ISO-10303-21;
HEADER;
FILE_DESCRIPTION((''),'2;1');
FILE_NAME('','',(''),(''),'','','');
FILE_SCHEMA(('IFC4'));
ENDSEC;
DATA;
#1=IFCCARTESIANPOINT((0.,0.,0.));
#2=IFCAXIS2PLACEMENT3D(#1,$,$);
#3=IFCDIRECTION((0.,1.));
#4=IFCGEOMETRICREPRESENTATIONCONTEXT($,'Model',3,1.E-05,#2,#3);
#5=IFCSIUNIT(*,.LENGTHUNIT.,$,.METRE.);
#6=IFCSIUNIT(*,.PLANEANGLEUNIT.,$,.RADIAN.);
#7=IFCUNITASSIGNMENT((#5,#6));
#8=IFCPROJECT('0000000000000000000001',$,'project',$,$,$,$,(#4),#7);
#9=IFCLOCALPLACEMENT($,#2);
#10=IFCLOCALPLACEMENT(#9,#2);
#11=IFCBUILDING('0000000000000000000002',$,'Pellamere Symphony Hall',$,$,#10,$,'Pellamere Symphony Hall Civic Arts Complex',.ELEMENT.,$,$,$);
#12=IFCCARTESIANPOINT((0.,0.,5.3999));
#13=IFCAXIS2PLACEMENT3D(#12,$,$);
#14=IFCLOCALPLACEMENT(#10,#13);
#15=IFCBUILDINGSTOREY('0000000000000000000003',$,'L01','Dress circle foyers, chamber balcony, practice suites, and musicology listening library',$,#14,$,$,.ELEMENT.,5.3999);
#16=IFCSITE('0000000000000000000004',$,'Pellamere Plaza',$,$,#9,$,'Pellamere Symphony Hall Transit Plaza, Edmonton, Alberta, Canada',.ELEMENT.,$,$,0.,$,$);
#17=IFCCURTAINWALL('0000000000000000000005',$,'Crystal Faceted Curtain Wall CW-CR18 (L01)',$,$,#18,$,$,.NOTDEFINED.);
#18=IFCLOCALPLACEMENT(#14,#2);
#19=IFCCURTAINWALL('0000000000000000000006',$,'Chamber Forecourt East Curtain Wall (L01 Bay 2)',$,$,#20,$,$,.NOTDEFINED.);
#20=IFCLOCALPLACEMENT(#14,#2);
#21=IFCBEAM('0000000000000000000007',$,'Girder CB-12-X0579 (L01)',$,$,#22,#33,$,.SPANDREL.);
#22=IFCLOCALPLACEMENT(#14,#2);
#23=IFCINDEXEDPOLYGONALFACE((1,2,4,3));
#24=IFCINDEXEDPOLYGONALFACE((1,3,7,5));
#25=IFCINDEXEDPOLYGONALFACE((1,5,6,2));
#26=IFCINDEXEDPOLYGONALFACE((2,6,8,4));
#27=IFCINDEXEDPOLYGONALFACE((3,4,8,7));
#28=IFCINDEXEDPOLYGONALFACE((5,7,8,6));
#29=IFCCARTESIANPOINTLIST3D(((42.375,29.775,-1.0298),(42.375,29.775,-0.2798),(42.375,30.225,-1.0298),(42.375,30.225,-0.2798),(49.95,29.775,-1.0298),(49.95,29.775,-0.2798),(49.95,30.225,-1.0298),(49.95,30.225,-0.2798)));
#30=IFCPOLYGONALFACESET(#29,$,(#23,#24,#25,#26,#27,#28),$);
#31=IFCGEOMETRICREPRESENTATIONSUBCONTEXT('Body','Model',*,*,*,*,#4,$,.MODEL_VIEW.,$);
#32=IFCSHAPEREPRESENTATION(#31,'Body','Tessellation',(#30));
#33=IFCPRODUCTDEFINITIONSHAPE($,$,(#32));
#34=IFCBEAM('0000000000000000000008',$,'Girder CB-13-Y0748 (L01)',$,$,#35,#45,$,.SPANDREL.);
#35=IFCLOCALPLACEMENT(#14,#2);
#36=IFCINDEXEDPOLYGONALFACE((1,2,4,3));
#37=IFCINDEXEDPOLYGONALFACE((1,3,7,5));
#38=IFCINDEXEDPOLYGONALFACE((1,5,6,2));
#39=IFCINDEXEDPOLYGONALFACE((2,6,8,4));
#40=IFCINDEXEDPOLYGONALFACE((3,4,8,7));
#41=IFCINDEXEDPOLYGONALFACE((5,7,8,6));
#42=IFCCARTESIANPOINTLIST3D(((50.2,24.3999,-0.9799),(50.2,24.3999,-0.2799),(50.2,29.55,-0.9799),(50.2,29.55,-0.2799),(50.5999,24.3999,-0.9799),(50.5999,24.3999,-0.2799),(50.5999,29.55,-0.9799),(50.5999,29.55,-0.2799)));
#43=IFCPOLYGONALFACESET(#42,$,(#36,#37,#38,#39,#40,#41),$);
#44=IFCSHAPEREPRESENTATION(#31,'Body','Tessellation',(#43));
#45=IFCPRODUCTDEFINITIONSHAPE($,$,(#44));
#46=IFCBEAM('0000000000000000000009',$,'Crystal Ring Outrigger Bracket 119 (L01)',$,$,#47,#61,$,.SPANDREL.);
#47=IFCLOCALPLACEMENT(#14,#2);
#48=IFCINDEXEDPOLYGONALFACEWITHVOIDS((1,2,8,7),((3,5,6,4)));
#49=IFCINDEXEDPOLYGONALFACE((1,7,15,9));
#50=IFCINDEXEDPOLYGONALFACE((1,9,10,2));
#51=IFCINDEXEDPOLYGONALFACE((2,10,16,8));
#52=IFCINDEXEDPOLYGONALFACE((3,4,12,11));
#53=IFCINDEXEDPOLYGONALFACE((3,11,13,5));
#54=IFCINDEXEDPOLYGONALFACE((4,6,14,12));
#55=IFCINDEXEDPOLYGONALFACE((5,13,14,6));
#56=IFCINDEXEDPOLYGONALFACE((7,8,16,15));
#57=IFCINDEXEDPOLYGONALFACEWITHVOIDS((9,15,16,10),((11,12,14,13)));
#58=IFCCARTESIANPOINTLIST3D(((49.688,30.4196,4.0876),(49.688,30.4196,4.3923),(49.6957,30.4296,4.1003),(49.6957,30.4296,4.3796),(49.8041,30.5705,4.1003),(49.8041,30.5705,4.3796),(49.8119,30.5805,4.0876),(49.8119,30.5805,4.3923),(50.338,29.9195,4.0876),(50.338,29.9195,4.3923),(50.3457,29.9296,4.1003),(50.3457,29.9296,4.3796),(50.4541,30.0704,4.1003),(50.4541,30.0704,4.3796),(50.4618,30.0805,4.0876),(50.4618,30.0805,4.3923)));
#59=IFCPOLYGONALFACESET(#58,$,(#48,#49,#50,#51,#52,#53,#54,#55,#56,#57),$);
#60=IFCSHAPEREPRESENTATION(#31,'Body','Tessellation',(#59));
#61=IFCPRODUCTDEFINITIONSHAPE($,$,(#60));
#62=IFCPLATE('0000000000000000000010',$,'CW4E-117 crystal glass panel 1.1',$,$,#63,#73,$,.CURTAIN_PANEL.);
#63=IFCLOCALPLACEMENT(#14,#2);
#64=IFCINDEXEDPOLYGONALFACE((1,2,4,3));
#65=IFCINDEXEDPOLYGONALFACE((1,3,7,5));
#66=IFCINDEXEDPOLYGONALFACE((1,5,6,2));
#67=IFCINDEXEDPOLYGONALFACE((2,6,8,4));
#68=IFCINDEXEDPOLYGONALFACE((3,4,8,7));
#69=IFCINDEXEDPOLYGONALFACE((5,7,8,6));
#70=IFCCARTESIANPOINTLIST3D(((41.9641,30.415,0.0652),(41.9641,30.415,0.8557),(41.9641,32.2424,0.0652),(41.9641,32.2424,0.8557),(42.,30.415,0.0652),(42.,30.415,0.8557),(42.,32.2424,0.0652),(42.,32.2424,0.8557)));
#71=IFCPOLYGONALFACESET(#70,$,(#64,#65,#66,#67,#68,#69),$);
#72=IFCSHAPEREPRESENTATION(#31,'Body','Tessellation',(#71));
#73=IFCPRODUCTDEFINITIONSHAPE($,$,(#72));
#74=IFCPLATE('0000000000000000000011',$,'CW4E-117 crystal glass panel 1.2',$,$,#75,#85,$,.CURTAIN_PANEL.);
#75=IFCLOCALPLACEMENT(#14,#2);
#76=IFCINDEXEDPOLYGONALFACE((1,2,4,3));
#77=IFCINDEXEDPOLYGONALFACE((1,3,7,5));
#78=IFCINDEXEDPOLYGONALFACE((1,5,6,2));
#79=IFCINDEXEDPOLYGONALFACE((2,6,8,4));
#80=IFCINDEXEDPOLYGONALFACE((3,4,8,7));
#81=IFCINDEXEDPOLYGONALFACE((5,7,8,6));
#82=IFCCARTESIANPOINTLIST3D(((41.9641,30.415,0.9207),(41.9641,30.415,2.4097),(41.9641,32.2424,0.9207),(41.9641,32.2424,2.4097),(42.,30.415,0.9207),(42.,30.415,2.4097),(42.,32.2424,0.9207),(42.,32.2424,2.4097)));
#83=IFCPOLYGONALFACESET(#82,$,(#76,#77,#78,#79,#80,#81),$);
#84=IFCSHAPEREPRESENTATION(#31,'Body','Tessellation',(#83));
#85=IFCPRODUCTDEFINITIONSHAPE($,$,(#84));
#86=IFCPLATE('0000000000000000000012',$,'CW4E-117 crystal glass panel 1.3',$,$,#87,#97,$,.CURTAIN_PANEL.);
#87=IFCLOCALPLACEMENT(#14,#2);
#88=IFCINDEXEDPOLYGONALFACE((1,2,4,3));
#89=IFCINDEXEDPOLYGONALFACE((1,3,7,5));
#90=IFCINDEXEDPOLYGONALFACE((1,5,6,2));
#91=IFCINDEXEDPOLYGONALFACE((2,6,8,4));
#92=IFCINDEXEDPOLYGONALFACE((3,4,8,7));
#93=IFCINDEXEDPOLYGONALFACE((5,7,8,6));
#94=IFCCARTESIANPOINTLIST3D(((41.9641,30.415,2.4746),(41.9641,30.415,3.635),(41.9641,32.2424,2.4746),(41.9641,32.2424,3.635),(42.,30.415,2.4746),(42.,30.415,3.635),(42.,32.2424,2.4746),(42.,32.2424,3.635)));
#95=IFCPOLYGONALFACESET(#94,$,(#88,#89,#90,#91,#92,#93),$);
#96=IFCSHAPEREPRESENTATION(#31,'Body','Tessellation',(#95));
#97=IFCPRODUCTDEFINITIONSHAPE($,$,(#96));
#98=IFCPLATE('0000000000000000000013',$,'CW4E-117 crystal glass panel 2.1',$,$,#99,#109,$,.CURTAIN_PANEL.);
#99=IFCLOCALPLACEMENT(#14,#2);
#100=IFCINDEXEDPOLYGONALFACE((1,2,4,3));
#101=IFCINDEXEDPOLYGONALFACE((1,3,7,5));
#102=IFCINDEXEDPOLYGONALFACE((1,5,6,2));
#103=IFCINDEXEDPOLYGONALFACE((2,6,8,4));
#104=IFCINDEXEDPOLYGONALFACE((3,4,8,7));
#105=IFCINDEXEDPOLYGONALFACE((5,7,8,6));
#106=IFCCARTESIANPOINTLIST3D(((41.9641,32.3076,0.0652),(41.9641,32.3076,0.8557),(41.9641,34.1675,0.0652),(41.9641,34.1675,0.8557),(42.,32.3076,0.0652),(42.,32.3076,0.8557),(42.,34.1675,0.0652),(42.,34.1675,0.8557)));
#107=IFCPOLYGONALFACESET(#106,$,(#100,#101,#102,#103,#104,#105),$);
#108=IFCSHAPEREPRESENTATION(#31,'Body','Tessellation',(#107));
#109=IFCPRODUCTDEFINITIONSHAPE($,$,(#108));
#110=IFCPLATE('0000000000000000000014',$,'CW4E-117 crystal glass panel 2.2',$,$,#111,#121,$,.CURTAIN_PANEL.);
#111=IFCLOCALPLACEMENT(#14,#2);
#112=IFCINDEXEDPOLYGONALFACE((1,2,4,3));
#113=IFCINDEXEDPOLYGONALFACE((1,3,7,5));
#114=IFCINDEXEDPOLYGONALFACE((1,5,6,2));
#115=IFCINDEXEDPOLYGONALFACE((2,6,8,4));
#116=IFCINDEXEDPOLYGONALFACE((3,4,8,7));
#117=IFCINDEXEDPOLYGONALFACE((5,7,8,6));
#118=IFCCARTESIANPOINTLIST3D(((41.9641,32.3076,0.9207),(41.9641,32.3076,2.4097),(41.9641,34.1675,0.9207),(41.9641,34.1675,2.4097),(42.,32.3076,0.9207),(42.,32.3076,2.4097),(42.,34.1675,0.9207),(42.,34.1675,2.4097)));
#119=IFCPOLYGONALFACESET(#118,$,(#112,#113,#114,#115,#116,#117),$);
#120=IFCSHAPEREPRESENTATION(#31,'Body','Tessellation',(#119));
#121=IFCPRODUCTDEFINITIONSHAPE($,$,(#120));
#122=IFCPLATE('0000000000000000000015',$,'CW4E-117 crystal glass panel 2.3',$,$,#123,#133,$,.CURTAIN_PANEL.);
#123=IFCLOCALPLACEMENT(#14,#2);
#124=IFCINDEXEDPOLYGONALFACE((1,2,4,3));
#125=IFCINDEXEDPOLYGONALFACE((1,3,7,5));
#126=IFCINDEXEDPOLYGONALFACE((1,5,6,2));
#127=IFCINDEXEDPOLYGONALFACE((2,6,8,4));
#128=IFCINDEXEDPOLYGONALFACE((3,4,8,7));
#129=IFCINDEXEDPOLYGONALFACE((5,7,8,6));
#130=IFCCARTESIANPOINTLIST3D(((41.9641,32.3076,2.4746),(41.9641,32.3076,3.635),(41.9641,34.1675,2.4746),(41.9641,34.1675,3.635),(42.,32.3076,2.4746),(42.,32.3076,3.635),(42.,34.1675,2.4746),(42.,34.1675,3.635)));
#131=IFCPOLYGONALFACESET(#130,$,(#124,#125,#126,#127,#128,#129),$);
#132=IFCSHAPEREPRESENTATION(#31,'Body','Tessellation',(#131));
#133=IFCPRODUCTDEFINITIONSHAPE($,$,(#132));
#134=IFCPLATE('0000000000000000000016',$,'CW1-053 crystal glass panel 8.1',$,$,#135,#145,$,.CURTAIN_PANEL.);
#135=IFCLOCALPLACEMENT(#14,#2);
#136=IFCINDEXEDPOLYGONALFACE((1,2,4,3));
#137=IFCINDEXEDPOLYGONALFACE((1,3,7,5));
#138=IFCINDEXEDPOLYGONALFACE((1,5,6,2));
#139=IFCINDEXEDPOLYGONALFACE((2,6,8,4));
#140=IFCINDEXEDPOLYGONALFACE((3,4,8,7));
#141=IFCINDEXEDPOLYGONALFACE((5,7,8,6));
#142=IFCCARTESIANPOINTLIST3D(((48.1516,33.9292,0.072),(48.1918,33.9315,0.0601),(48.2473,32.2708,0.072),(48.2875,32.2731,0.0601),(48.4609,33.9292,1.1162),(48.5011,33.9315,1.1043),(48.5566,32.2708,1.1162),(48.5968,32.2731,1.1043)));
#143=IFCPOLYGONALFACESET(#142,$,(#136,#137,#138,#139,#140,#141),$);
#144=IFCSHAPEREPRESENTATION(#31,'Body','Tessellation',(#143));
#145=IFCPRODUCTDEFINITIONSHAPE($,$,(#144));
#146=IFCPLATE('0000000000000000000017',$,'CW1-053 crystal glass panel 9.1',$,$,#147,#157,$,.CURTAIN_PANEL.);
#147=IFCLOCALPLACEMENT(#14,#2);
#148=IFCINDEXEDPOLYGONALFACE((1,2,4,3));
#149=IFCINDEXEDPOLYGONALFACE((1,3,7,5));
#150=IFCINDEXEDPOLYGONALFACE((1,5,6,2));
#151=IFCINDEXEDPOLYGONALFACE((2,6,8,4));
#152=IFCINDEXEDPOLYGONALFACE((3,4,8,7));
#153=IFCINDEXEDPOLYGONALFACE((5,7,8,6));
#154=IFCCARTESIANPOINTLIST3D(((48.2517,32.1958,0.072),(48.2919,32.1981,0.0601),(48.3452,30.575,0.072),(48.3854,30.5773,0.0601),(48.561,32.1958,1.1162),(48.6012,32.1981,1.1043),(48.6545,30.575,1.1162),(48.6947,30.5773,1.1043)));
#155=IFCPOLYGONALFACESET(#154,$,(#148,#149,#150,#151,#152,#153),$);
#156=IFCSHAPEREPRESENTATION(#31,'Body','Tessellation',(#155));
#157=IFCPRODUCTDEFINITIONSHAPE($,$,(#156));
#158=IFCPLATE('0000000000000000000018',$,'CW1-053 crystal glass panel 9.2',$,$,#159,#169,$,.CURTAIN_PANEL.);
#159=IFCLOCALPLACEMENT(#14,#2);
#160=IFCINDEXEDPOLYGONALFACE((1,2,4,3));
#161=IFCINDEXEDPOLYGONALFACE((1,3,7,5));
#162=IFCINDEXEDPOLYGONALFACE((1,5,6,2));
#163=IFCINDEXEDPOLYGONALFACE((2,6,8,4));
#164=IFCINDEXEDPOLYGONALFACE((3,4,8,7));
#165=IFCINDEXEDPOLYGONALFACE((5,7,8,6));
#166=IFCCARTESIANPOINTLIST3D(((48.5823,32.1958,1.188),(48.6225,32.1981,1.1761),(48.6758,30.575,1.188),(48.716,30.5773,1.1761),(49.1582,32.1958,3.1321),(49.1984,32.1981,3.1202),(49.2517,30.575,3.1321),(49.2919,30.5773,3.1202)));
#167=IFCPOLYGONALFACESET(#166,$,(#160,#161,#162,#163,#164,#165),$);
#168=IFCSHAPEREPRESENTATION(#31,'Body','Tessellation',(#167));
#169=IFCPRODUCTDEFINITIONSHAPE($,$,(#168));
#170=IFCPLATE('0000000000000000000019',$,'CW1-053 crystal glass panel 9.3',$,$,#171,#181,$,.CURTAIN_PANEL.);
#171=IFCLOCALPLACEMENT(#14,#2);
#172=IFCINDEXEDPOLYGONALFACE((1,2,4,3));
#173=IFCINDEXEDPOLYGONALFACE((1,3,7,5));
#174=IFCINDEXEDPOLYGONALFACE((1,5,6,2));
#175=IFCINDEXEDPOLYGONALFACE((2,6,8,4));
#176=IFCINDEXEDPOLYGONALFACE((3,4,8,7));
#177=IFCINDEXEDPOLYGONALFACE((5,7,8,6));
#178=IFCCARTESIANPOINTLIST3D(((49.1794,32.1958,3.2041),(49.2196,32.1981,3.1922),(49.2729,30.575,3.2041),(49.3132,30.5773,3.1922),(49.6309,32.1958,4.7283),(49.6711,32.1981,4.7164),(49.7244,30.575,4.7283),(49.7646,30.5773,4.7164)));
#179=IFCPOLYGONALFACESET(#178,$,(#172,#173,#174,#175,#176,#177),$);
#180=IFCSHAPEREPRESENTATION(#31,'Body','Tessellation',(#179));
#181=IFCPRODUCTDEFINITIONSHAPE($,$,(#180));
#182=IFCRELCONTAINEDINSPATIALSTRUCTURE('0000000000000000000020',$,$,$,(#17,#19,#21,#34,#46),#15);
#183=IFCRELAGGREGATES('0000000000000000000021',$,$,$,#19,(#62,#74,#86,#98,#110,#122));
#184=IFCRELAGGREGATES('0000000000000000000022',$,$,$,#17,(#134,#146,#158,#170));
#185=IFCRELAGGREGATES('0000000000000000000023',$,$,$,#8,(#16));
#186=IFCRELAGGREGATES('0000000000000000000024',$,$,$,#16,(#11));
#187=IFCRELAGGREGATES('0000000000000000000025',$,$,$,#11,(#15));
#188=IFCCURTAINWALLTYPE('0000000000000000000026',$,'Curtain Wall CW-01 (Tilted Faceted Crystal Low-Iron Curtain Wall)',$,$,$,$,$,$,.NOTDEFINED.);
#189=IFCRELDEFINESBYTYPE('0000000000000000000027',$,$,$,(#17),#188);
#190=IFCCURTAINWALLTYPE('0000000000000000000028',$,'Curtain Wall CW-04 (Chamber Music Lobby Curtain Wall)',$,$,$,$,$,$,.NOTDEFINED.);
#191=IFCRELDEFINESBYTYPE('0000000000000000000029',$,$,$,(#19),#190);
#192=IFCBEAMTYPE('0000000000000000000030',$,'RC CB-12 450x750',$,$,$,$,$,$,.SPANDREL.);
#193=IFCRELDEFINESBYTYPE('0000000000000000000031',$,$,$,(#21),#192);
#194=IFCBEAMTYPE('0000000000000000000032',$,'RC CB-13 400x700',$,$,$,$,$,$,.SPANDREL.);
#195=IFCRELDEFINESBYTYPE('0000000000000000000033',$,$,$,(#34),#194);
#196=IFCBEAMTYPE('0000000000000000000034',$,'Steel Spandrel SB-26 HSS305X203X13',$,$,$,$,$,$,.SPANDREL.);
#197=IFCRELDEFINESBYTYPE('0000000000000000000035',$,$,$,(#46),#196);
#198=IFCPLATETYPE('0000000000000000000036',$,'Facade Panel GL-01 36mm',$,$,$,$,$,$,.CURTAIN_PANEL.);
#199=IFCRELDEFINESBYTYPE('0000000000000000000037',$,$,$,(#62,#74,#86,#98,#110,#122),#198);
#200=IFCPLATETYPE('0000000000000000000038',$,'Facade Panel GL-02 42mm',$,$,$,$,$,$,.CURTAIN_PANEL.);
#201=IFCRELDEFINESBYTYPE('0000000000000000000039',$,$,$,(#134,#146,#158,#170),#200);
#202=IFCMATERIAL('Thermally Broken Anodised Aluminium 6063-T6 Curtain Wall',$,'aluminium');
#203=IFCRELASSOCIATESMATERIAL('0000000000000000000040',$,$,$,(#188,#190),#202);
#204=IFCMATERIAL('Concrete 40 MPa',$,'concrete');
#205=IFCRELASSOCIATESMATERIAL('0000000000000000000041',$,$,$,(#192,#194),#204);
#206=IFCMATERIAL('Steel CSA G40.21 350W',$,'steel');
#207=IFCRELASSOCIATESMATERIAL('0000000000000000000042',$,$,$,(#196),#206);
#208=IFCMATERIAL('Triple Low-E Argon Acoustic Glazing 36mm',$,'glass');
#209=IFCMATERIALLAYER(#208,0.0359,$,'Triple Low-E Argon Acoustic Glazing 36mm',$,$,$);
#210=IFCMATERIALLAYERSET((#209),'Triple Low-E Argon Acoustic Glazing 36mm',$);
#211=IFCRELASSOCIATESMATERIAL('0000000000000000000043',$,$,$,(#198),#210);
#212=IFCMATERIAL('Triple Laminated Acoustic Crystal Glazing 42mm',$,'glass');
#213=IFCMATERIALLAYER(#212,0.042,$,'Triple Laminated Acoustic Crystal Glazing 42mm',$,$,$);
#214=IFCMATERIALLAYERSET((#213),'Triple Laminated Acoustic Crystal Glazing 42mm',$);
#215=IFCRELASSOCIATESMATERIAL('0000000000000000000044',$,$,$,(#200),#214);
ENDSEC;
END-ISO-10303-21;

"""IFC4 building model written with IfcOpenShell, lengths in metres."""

from ifc_helpers import new_model, si_unit, direction, frame, origin, origin_2d, place, context, subcontext, project, spatial, polyline, rectangle, hollow_rectangle, outline, extrude, material, layer, layer_set, material_profile, profile_set, type_object, element, aggregate, save


model = new_model("IFC4")

# Units and contexts
model_context = context("Model", 3, precision=1e-05, world=origin(), true_north=direction((0.0, 1.0)))
body_context = subcontext(model_context, "Body", "Model", "MODEL_VIEW")
ifc_project = project(units=[si_unit("LENGTHUNIT", "METRE"), si_unit("PLANEANGLEUNIT", "RADIAN")], contexts=[model_context])

# Site, building, storey
site_placement = place(None, origin())
site = spatial("IfcSite", under=ifc_project, at=site_placement, Name="Pellamere Plaza", LongName="Pellamere Symphony Hall Transit Plaza, Edmonton, Alberta, Canada", CompositionType="ELEMENT", RefElevation=0.0)
building_placement = place(site_placement, origin())
building = spatial("IfcBuilding", under=site, at=building_placement, Name="Pellamere Symphony Hall", LongName="Pellamere Symphony Hall Civic Arts Complex", CompositionType="ELEMENT")
storey_placement = place(building_placement, frame((0.0, 0.0, 5.3999)))
storey = spatial("IfcBuildingStorey", under=building, at=storey_placement, Name="L01", Description="Dress circle foyers, chamber balcony, practice suites, and musicology listening library", CompositionType="ELEMENT", Elevation=5.3999)

# Shared definitions
ifc_material_1 = material(Name="Concrete 40 MPa", Category="concrete")

# Curtain walls
ifc_material_2 = material(Name="Thermally Broken Anodised Aluminium 6063-T6 Curtain Wall", Category="aluminium")
curtain_wall_type_1 = type_object("IfcCurtainWallType", Name="Curtain Wall CW-01 (Tilted Faceted Crystal Low-Iron Curtain Wall)", PredefinedType="NOTDEFINED", material=ifc_material_2)
curtain_wall_1_placement = place(storey_placement, origin())
curtain_wall_1 = element("IfcCurtainWall", 1, at=curtain_wall_1_placement, inside=storey, type_object=curtain_wall_type_1, Name="Crystal Faceted Curtain Wall CW-CR18 (L01)", PredefinedType="NOTDEFINED")
curtain_wall_type_2 = type_object("IfcCurtainWallType", Name="Curtain Wall CW-04 (Chamber Music Lobby Curtain Wall)", PredefinedType="NOTDEFINED", material=ifc_material_2)
curtain_wall_2_placement = place(storey_placement, origin())
curtain_wall_2 = element("IfcCurtainWall", 2, at=curtain_wall_2_placement, inside=storey, type_object=curtain_wall_type_2, Name="Chamber Forecourt East Curtain Wall (L01 Bay 2)", PredefinedType="NOTDEFINED")

# Beams
ifc_material_profile_1 = material_profile(ifc_material_1, rectangle(XDim=0.45, YDim=0.75, at=origin_2d()), Name="RC 450x750")
ifc_profile_set_1 = profile_set([ifc_material_profile_1], Name="Concrete 40 MPa")
beam_type_1 = type_object("IfcBeamType", Name="RC CB-12 450x750", PredefinedType="SPANDREL", material=ifc_profile_set_1)
beam_1_placement = place(storey_placement, frame((42.375, 30.0, -0.6548), z_axis=(1.0, 0.0, 0.0), x_axis=(0.0, 1.0, 0.0)))
element("IfcBeam", 3, at=beam_1_placement, inside=storey, type_object=beam_type_1, Name="Girder CB-12-X0579 (L01)", PredefinedType="SPANDREL", context=body_context, shape_type="SweptSolid", body=[
    extrude(rectangle(XDim=0.45, YDim=0.75, at=origin_2d()), origin(), (0.0, 0.0, 1.0), 7.575),
])
ifc_material_profile_2 = material_profile(ifc_material_1, rectangle(XDim=0.3999, YDim=0.7, at=origin_2d()), Name="RC 400x700")
ifc_profile_set_2 = profile_set([ifc_material_profile_2], Name="Concrete 40 MPa")
beam_type_2 = type_object("IfcBeamType", Name="RC CB-13 400x700", PredefinedType="SPANDREL", material=ifc_profile_set_2)
beam_2_placement = place(storey_placement, frame((50.3999, 24.3999, -0.6299), z_axis=(0.0, 1.0, 0.0), x_axis=(-1.0, 0.0, 0.0)))
element("IfcBeam", 4, at=beam_2_placement, inside=storey, type_object=beam_type_2, Name="Girder CB-13-Y0748 (L01)", PredefinedType="SPANDREL", context=body_context, shape_type="SweptSolid", body=[
    extrude(rectangle(XDim=0.3999, YDim=0.7, at=origin_2d()), origin(), (0.0, 0.0, 1.0), 5.1501),
])
ifc_material_3 = material(Name="Steel CSA G40.21 350W", Category="steel")
ifc_material_profile_3 = material_profile(ifc_material_3, hollow_rectangle(XDim=0.2031, YDim=0.3047, WallThickness=0.0127, at=origin_2d()), Name="HSS305X203X13")
ifc_profile_set_3 = profile_set([ifc_material_profile_3], Name="Steel CSA G40.21 350W")
beam_type_3 = type_object("IfcBeamType", Name="Steel Spandrel SB-26 HSS305X203X13", PredefinedType="SPANDREL", material=ifc_profile_set_3)
beam_3_placement = place(storey_placement, frame((50.3999, 30.0, 4.24), z_axis=(-0.79258, 0.609768, 0.0), x_axis=(-0.609768, -0.79258, 0.0)))
element("IfcBeam", 5, at=beam_3_placement, inside=storey, type_object=beam_type_3, Name="Crystal Ring Outrigger Bracket 119 (L01)", PredefinedType="SPANDREL", context=body_context, shape_type="SweptSolid", body=[
    extrude(hollow_rectangle(XDim=0.2031, YDim=0.3047, WallThickness=0.0127, at=origin_2d()), origin(), (0.0, 0.0, 1.0), 0.8201),
])

# Plates
ifc_material_4 = material(Name="Triple Low-E Argon Acoustic Glazing 36mm", Category="glass")
ifc_layer_1 = layer(ifc_material_4, 0.0359, Name="Triple Low-E Argon Acoustic Glazing 36mm")
ifc_layer_set_1 = layer_set([ifc_layer_1], Name="Triple Low-E Argon Acoustic Glazing 36mm")
plate_type_1 = type_object("IfcPlateType", Name="Facade Panel GL-01 36mm", PredefinedType="CURTAIN_PANEL", material=ifc_layer_set_1)
plate_1_placement = place(storey_placement, frame((42.0, 30.415, 0.0652), z_axis=(1.0, 0.0, 0.0), x_axis=(0.0, 1.0, 0.0)))
plate_1 = element("IfcPlate", 6, at=plate_1_placement, type_object=plate_type_1, Name="CW4E-117 crystal glass panel 1.1", PredefinedType="CURTAIN_PANEL", context=body_context, shape_type="SweptSolid", body=[
    extrude(outline(polyline([(0.0, 0.0), (1.8274, 0.0), (1.8274, 0.7905), (0.0, 0.7905), (0.0, 0.0)])), origin(), (0.0, 0.0, -1.0), 0.0359),
])
plate_2_placement = place(storey_placement, frame((42.0, 30.415, 0.9207), z_axis=(1.0, 0.0, 0.0), x_axis=(0.0, 1.0, 0.0)))
plate_2 = element("IfcPlate", 7, at=plate_2_placement, type_object=plate_type_1, Name="CW4E-117 crystal glass panel 1.2", PredefinedType="CURTAIN_PANEL", context=body_context, shape_type="SweptSolid", body=[
    extrude(outline(polyline([(0.0, 0.0), (1.8274, 0.0), (1.8274, 1.489), (0.0, 1.489), (0.0, 0.0)])), origin(), (0.0, 0.0, -1.0), 0.0359),
])
plate_3_placement = place(storey_placement, frame((42.0, 30.415, 2.4746), z_axis=(1.0, 0.0, 0.0), x_axis=(0.0, 1.0, 0.0)))
plate_3 = element("IfcPlate", 8, at=plate_3_placement, type_object=plate_type_1, Name="CW4E-117 crystal glass panel 1.3", PredefinedType="CURTAIN_PANEL", context=body_context, shape_type="SweptSolid", body=[
    extrude(outline(polyline([(0.0, 0.0), (1.8274, 0.0), (1.8274, 1.1604), (0.0, 1.1604), (0.0, 0.0)])), origin(), (0.0, 0.0, -1.0), 0.0359),
])
plate_4_placement = place(storey_placement, frame((42.0, 32.3076, 0.0652), z_axis=(1.0, 0.0, 0.0), x_axis=(0.0, 1.0, 0.0)))
plate_4 = element("IfcPlate", 9, at=plate_4_placement, type_object=plate_type_1, Name="CW4E-117 crystal glass panel 2.1", PredefinedType="CURTAIN_PANEL", context=body_context, shape_type="SweptSolid", body=[
    extrude(outline(polyline([(0.0, 0.0), (1.8599, 0.0), (1.8599, 0.7905), (0.0, 0.7905), (0.0, 0.0)])), origin(), (0.0, 0.0, -1.0), 0.0359),
])
plate_5_placement = place(storey_placement, frame((42.0, 32.3076, 0.9207), z_axis=(1.0, 0.0, 0.0), x_axis=(0.0, 1.0, 0.0)))
plate_5 = element("IfcPlate", 10, at=plate_5_placement, type_object=plate_type_1, Name="CW4E-117 crystal glass panel 2.2", PredefinedType="CURTAIN_PANEL", context=body_context, shape_type="SweptSolid", body=[
    extrude(outline(polyline([(0.0, 0.0), (1.8599, 0.0), (1.8599, 1.489), (0.0, 1.489), (0.0, 0.0)])), origin(), (0.0, 0.0, -1.0), 0.0359),
])
plate_6_placement = place(storey_placement, frame((42.0, 32.3076, 2.4746), z_axis=(1.0, 0.0, 0.0), x_axis=(0.0, 1.0, 0.0)))
plate_6 = element("IfcPlate", 11, at=plate_6_placement, type_object=plate_type_1, Name="CW4E-117 crystal glass panel 2.3", PredefinedType="CURTAIN_PANEL", context=body_context, shape_type="SweptSolid", body=[
    extrude(outline(polyline([(0.0, 0.0), (1.8599, 0.0), (1.8599, 1.1604), (0.0, 1.1604), (0.0, 0.0)])), origin(), (0.0, 0.0, -1.0), 0.0359),
])
aggregate(curtain_wall_2, [plate_1, plate_2, plate_3, plate_4, plate_5, plate_6])
ifc_material_5 = material(Name="Triple Laminated Acoustic Crystal Glazing 42mm", Category="glass")
ifc_layer_2 = layer(ifc_material_5, 0.042, Name="Triple Laminated Acoustic Crystal Glazing 42mm")
ifc_layer_set_2 = layer_set([ifc_layer_2], Name="Triple Laminated Acoustic Crystal Glazing 42mm")
plate_type_2 = type_object("IfcPlateType", Name="Facade Panel GL-02 42mm", PredefinedType="CURTAIN_PANEL", material=ifc_layer_set_2)
plate_7_placement = place(storey_placement, frame((48.1516, 33.9292, 0.072), z_axis=(-0.95735, -0.055245, 0.283601), x_axis=(0.057611, -0.998339, 0.0)))
plate_7 = element("IfcPlate", 12, at=plate_7_placement, type_object=plate_type_2, Name="CW1-053 crystal glass panel 8.1", PredefinedType="CURTAIN_PANEL", context=body_context, shape_type="SweptSolid", body=[
    extrude(outline(polyline([(0.0, 0.0), (1.6612, 0.0), (1.679, 1.0889), (0.0178, 1.0889), (0.0, 0.0)])), origin(), (0.0, 0.0, -1.0), 0.042),
])
plate_8_placement = place(storey_placement, frame((48.2517, 32.1958, 0.072), z_axis=(-0.957351, -0.055229, 0.283601), x_axis=(0.057594, -0.99834, 0.0)))
plate_8 = element("IfcPlate", 13, at=plate_8_placement, type_object=plate_type_2, Name="CW1-053 crystal glass panel 9.1", PredefinedType="CURTAIN_PANEL", context=body_context, shape_type="SweptSolid", body=[
    extrude(outline(polyline([(0.0, 0.0), (1.6235, 0.0), (1.6414, 1.0889), (0.0178, 1.0889), (0.0, 0.0)])), origin(), (0.0, 0.0, -1.0), 0.042),
])
plate_9_placement = place(storey_placement, frame((48.5823, 32.1958, 1.188), z_axis=(-0.957348, -0.055229, 0.28361), x_axis=(0.057594, -0.99834, 0.0)))
plate_9 = element("IfcPlate", 14, at=plate_9_placement, type_object=plate_type_2, Name="CW1-053 crystal glass panel 9.2", PredefinedType="CURTAIN_PANEL", context=body_context, shape_type="SweptSolid", body=[
    extrude(outline(polyline([(0.0, 0.0), (1.6235, 0.0), (1.6567, 2.0273), (0.0332, 2.0273), (0.0, 0.0)])), origin(), (0.0, 0.0, -1.0), 0.042),
])
plate_10_placement = place(storey_placement, frame((49.1794, 32.1958, 3.2041), z_axis=(-0.957367, -0.05523, 0.283545), x_axis=(0.057594, -0.99834, 0.0)))
plate_10 = element("IfcPlate", 15, at=plate_10_placement, type_object=plate_type_2, Name="CW1-053 crystal glass panel 9.3", PredefinedType="CURTAIN_PANEL", context=body_context, shape_type="SweptSolid", body=[
    extrude(outline(polyline([(0.0, 0.0), (1.6235, 0.0), (1.6495, 1.5894), (0.026, 1.5894), (0.0, 0.0)])), origin(), (0.0, 0.0, -1.0), 0.042),
])
aggregate(curtain_wall_1, [plate_7, plate_8, plate_9, plate_10])

save(model, "model.ifc")
